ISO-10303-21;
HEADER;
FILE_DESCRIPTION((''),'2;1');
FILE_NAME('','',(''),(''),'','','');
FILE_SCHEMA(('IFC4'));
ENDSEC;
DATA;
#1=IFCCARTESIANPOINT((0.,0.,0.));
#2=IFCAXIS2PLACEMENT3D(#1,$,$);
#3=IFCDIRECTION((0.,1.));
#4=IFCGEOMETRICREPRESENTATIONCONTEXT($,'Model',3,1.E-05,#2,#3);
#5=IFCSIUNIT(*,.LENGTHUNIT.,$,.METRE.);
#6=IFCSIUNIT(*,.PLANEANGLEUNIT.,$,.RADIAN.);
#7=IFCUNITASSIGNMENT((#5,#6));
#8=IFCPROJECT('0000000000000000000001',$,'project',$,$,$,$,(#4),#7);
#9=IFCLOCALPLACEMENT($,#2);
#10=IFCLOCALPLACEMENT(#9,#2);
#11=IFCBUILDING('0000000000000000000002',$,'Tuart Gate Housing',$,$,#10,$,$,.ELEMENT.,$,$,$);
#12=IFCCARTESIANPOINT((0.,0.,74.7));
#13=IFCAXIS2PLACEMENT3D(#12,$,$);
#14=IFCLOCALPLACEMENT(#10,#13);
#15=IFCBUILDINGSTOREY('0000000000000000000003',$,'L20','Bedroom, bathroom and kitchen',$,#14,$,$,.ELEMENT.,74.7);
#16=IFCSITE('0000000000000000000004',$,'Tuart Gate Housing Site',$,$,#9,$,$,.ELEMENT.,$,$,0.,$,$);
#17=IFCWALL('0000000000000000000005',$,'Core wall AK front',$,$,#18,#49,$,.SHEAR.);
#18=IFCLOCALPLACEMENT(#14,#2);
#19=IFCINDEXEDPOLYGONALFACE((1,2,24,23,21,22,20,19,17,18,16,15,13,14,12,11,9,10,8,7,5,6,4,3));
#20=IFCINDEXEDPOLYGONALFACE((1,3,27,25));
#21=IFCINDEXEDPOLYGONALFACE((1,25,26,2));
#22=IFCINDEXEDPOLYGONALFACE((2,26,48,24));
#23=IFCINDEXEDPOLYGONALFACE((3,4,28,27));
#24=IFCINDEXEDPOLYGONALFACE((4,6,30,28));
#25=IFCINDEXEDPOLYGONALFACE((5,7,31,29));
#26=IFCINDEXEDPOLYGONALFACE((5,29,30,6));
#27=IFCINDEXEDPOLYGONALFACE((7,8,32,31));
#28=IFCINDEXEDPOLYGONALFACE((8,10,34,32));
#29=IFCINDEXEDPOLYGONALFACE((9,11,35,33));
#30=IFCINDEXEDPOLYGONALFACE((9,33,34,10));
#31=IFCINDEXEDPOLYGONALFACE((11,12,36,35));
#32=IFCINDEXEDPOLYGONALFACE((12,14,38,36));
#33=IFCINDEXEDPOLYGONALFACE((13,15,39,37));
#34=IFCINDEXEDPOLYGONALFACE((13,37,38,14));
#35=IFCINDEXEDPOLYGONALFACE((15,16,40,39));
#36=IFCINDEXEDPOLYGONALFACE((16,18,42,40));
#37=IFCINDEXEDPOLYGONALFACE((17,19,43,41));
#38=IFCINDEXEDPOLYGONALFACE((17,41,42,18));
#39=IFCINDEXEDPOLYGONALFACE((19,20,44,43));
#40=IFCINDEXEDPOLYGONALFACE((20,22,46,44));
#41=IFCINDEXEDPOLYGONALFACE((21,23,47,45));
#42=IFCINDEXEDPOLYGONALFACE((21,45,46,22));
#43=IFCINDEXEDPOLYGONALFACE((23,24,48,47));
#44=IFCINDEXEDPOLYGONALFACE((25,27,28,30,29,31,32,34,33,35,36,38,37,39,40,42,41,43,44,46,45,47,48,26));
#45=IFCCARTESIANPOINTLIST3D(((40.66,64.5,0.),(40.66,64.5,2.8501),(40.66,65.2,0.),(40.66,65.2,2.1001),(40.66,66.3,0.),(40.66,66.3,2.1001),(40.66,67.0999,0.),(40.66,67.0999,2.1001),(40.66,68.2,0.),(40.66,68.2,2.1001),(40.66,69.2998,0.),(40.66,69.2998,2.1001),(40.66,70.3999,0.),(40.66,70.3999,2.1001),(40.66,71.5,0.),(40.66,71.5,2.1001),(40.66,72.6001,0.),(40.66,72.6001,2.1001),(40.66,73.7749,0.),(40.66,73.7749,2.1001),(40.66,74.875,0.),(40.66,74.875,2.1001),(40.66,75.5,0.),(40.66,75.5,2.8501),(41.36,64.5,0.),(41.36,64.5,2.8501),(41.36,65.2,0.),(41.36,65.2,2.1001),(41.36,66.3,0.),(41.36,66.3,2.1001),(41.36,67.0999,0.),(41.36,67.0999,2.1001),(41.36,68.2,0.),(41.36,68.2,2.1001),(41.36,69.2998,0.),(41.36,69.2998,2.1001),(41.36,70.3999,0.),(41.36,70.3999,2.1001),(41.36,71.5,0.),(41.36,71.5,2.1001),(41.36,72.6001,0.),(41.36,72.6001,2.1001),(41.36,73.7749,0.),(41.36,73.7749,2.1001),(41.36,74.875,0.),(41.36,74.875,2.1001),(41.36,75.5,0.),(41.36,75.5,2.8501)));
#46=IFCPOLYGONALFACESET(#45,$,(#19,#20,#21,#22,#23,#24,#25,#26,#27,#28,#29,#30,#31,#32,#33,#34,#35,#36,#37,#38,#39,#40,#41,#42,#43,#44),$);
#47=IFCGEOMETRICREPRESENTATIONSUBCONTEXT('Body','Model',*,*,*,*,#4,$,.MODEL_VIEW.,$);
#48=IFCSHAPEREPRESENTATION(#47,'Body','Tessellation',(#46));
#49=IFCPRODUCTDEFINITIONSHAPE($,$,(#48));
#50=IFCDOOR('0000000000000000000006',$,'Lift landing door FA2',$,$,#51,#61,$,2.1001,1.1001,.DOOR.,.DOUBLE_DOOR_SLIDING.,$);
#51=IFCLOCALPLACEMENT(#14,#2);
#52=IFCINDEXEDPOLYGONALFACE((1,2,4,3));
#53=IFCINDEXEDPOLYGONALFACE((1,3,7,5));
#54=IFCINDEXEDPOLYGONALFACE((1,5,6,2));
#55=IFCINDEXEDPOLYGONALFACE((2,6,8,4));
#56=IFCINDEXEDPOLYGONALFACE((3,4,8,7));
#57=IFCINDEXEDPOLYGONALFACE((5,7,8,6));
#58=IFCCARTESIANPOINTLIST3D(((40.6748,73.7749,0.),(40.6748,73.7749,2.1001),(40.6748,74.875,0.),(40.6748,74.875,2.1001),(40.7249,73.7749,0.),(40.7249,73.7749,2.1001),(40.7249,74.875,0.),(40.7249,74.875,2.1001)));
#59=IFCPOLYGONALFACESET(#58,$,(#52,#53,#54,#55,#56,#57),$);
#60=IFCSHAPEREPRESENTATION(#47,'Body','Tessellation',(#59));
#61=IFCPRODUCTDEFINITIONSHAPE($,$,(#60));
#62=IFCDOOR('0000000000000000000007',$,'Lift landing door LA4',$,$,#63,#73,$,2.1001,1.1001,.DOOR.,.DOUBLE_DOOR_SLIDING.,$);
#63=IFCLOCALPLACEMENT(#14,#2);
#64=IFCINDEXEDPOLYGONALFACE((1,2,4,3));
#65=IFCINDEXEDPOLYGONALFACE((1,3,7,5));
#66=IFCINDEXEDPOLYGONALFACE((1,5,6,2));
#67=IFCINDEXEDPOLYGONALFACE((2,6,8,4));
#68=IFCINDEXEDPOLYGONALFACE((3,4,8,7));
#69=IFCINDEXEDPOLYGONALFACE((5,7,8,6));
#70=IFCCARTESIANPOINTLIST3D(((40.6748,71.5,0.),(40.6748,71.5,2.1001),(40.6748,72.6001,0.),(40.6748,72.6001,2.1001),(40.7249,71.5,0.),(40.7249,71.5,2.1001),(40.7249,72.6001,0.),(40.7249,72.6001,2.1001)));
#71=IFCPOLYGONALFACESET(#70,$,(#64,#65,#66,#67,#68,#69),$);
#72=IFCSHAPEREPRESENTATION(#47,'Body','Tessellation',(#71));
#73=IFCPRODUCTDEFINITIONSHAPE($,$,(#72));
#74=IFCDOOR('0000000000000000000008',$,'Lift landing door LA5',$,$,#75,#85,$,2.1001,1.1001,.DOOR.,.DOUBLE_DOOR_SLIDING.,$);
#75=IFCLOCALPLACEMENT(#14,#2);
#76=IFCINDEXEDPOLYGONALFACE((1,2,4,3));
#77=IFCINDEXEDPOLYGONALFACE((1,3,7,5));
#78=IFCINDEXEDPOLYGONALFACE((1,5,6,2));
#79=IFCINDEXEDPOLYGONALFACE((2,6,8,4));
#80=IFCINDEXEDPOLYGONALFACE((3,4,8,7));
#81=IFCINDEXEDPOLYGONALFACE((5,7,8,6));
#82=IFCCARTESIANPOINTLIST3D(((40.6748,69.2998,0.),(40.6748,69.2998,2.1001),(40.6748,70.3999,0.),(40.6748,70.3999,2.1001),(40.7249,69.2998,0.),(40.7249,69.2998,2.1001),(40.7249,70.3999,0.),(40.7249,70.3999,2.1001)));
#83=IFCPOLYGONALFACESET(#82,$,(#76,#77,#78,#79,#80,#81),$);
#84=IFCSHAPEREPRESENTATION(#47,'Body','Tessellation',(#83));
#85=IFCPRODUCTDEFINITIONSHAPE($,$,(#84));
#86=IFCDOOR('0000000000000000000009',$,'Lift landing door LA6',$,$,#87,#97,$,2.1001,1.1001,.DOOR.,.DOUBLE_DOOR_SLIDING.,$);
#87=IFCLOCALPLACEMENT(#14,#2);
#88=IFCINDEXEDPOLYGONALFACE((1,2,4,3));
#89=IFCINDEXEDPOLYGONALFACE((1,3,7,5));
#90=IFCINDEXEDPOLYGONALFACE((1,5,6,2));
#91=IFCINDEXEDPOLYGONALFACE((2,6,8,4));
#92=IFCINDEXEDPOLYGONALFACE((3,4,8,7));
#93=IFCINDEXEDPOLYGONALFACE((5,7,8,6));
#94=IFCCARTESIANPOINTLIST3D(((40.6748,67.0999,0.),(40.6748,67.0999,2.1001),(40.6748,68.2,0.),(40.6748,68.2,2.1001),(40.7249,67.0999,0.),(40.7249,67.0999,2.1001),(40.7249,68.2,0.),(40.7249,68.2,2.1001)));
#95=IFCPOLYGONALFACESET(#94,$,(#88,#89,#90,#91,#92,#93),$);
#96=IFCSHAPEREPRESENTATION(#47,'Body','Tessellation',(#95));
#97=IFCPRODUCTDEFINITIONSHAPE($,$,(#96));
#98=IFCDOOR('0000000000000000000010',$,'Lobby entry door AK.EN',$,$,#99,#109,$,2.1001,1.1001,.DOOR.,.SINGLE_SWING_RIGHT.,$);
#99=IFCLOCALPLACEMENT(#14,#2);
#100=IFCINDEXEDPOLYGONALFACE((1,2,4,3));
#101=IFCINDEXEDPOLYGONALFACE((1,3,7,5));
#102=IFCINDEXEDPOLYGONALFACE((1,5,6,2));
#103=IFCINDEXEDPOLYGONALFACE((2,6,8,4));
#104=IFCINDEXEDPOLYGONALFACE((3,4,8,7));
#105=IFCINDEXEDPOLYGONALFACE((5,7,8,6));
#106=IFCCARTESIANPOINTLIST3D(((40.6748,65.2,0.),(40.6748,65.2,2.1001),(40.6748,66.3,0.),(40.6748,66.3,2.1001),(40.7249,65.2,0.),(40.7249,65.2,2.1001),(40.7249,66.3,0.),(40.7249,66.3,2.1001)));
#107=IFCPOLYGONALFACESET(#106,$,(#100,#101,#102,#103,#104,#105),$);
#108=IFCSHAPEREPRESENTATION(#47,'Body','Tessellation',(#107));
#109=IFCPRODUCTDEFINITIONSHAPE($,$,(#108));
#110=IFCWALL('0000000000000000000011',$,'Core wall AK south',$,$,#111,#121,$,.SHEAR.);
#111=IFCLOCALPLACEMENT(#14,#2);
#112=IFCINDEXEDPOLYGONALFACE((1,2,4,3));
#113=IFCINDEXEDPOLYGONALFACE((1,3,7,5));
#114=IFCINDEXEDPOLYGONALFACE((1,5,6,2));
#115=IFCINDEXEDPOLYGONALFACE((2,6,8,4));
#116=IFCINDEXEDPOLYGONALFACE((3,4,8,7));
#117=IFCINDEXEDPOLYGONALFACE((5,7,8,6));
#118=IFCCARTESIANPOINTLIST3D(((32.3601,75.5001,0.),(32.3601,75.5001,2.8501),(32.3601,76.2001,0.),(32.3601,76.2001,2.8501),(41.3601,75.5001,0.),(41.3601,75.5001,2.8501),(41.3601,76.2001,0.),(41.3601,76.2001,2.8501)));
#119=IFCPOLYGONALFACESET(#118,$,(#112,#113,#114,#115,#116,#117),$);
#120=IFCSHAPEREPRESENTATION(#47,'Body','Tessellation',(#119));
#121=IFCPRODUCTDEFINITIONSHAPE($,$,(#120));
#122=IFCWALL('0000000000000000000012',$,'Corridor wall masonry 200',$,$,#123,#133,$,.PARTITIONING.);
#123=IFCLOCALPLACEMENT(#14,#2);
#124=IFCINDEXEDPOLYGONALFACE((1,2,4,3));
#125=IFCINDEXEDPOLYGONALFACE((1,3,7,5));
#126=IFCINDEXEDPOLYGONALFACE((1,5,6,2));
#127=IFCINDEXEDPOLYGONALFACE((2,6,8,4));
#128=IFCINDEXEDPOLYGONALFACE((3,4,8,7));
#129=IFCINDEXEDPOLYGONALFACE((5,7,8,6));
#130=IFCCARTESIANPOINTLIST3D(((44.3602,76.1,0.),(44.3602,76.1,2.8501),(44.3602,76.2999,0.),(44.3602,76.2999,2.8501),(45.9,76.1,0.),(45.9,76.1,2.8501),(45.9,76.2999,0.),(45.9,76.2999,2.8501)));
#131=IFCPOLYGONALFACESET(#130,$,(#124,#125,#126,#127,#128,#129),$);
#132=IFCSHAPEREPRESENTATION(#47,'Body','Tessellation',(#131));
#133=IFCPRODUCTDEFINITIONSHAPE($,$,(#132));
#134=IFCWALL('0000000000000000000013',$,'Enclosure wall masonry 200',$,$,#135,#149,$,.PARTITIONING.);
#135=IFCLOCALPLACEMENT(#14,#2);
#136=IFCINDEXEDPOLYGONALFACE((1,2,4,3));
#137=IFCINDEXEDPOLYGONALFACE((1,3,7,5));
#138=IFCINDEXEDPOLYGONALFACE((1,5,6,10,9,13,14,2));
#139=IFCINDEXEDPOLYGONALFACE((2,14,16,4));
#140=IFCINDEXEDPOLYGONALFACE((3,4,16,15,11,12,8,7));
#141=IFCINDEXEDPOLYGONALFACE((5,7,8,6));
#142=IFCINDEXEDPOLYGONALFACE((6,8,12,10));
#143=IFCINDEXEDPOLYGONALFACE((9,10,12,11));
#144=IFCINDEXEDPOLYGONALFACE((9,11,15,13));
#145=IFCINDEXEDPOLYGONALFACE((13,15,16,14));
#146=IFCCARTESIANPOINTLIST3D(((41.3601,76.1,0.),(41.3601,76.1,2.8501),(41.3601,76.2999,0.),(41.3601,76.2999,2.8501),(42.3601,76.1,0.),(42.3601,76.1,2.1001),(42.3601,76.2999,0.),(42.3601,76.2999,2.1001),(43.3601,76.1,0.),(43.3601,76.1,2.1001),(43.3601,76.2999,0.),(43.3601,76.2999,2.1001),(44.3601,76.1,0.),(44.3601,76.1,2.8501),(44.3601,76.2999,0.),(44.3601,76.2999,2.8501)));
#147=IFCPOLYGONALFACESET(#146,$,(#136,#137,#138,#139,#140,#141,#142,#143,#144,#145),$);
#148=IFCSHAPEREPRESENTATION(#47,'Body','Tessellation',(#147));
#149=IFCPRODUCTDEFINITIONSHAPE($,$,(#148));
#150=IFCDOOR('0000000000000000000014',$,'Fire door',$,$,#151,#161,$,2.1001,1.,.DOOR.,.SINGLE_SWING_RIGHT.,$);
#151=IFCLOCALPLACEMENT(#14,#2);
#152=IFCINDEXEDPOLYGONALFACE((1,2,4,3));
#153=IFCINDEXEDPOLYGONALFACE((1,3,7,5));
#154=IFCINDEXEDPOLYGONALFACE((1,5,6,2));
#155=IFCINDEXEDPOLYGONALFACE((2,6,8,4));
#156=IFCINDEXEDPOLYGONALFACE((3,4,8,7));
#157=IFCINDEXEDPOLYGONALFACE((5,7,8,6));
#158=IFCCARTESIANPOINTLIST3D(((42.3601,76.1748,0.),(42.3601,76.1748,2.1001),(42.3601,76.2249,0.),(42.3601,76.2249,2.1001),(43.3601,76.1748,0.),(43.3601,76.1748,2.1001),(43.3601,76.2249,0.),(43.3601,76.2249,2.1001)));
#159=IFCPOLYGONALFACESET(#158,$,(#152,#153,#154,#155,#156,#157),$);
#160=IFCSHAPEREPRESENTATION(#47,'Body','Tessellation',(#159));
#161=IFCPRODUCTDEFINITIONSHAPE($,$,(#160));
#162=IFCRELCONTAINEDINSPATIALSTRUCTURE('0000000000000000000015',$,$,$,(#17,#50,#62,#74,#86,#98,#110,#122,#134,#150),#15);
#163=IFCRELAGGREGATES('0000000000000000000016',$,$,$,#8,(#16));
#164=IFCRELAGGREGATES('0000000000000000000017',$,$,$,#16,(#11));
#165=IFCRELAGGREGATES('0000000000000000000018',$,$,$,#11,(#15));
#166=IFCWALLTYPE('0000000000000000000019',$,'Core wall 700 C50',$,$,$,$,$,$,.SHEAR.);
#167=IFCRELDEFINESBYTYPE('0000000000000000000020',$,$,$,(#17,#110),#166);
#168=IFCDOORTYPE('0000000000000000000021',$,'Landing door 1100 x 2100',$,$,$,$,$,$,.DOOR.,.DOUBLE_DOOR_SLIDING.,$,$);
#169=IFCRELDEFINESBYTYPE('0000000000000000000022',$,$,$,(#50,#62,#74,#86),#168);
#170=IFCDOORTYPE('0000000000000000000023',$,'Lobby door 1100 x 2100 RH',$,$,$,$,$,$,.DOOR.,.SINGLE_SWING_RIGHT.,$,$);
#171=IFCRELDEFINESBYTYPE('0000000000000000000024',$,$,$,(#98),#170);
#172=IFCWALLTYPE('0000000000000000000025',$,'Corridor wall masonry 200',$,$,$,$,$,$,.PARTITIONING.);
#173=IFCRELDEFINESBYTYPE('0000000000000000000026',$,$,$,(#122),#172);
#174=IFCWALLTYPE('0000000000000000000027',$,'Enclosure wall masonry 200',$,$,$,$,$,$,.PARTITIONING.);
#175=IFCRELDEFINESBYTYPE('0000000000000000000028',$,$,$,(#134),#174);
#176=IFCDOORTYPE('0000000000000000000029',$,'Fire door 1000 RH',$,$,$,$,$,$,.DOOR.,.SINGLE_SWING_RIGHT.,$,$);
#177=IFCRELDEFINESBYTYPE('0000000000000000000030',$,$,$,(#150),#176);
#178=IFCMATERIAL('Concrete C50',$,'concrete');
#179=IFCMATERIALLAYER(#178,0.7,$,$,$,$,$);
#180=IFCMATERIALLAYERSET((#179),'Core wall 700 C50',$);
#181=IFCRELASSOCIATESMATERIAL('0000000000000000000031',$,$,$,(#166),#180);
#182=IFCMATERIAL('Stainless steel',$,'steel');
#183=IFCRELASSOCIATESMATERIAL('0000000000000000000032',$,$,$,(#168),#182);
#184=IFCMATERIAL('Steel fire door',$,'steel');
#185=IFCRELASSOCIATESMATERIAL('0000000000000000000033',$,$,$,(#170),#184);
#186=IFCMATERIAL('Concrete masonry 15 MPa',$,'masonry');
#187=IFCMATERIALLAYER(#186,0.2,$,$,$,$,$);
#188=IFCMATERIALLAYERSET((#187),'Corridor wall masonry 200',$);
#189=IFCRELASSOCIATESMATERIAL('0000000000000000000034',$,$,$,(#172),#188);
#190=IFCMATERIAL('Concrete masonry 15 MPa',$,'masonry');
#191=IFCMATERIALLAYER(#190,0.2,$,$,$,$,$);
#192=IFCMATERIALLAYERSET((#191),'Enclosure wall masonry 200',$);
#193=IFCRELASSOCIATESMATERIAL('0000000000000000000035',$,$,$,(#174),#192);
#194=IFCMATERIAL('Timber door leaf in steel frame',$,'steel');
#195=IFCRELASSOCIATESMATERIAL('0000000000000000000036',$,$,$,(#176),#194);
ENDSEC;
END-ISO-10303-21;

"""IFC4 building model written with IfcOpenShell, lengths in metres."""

from ifc_helpers import new_model, si_unit, direction, frame, frame_2d, origin, place, context, subcontext, project, spatial, rectangle, extrude, material, layer, layer_set, type_object, element, fill, save


model = new_model("IFC4")

# Units and contexts
model_context = context("Model", 3, precision=1e-05, world=origin(), true_north=direction((0.0, 1.0)))
body_context = subcontext(model_context, "Body", "Model", "MODEL_VIEW")
ifc_project = project(units=[si_unit("LENGTHUNIT", "METRE"), si_unit("PLANEANGLEUNIT", "RADIAN")], contexts=[model_context])

# Site, building, storey
site_placement = place(None, origin())
site = spatial("IfcSite", under=ifc_project, at=site_placement, Name="Tuart Gate Housing Site", CompositionType="ELEMENT", RefElevation=0.0)
building_placement = place(site_placement, origin())
building = spatial("IfcBuilding", under=site, at=building_placement, Name="Tuart Gate Housing", CompositionType="ELEMENT")
storey_placement = place(building_placement, frame((0.0, 0.0, 74.7)))
storey = spatial("IfcBuildingStorey", under=building, at=storey_placement, Name="L20", Description="Bedroom, bathroom and kitchen", CompositionType="ELEMENT", Elevation=74.7)

# Wall, openings, doors
ifc_material_1 = material(Name="Concrete C50", Category="concrete")
ifc_layer_1 = layer(ifc_material_1, 0.7)
ifc_layer_set_1 = layer_set([ifc_layer_1], Name="Core wall 700 C50")
wall_type_1 = type_object("IfcWallType", Name="Core wall 700 C50", PredefinedType="SHEAR", material=ifc_layer_set_1)
wall_1_placement = place(storey_placement, frame((41.01, 75.5, 0.0), z_axis=(0.0, 0.0, 1.0), x_axis=(0.0, -1.0, 0.0)))
wall_1 = element("IfcWall", 1, at=wall_1_placement, inside=storey, type_object=wall_type_1, Name="Core wall AK front", PredefinedType="SHEAR", context=body_context, shape_type="SweptSolid", body=[
    extrude(rectangle(XDim=11.0, YDim=0.7, at=frame_2d((5.5, 0.0))), origin(), (0.0, 0.0, 1.0), 2.8501),
])
opening_1_placement = place(wall_1_placement, frame((0.625, 0.0, 0.0)))
opening_1 = element("IfcOpeningElement", 2, at=opening_1_placement, cuts=wall_1, PredefinedType="OPENING", context=body_context, shape_type="SweptSolid", body=[
    extrude(rectangle(XDim=1.1001, YDim=2.1001, at=frame_2d((0.55, 1.05))), frame((0.0, 0.3599, 0.0), z_axis=(0.0, -1.0, 0.0), x_axis=(1.0, 0.0, 0.0)), (0.0, 0.0, 1.0), 0.72),
])
opening_2_placement = place(wall_1_placement, frame((2.8999, 0.0, 0.0)))
opening_2 = element("IfcOpeningElement", 3, at=opening_2_placement, cuts=wall_1, PredefinedType="OPENING", context=body_context, shape_type="SweptSolid", body=[
    extrude(rectangle(XDim=1.1001, YDim=2.1001, at=frame_2d((0.55, 1.05))), frame((0.0, 0.3599, 0.0), z_axis=(0.0, -1.0, 0.0), x_axis=(1.0, 0.0, 0.0)), (0.0, 0.0, 1.0), 0.72),
])
opening_3_placement = place(wall_1_placement, frame((5.1001, 0.0, 0.0)))
opening_3 = element("IfcOpeningElement", 4, at=opening_3_placement, cuts=wall_1, PredefinedType="OPENING", context=body_context, shape_type="SweptSolid", body=[
    extrude(rectangle(XDim=1.1001, YDim=2.1001, at=frame_2d((0.55, 1.05))), frame((0.0, 0.3599, 0.0), z_axis=(0.0, -1.0, 0.0), x_axis=(1.0, 0.0, 0.0)), (0.0, 0.0, 1.0), 0.72),
])
opening_4_placement = place(wall_1_placement, frame((7.3, 0.0, 0.0)))
opening_4 = element("IfcOpeningElement", 5, at=opening_4_placement, cuts=wall_1, PredefinedType="OPENING", context=body_context, shape_type="SweptSolid", body=[
    extrude(rectangle(XDim=1.1001, YDim=2.1001, at=frame_2d((0.55, 1.05))), frame((0.0, 0.3599, 0.0), z_axis=(0.0, -1.0, 0.0), x_axis=(1.0, 0.0, 0.0)), (0.0, 0.0, 1.0), 0.72),
])
opening_5_placement = place(wall_1_placement, frame((9.2, 0.0, 0.0)))
opening_5 = element("IfcOpeningElement", 6, at=opening_5_placement, cuts=wall_1, PredefinedType="OPENING", context=body_context, shape_type="SweptSolid", body=[
    extrude(rectangle(XDim=1.1001, YDim=2.1001, at=frame_2d((0.55, 1.05))), frame((0.0, 0.3599, 0.0), z_axis=(0.0, -1.0, 0.0), x_axis=(1.0, 0.0, 0.0)), (0.0, 0.0, 1.0), 0.72),
])
ifc_material_2 = material(Name="Stainless steel", Category="steel")
door_type_1 = type_object("IfcDoorType", Name="Landing door 1100 x 2100", OperationType="DOUBLE_DOOR_SLIDING", PredefinedType="DOOR", material=ifc_material_2)
door_1_placement = place(opening_1_placement, origin())
door_1 = element("IfcDoor", 7, at=door_1_placement, inside=storey, type_object=door_type_1, Name="Lift landing door FA2", OperationType="DOUBLE_DOOR_SLIDING", OverallHeight=2.1001, OverallWidth=1.1001, PredefinedType="DOOR", context=body_context, shape_type="SweptSolid", body=[
    extrude(rectangle(XDim=1.1001, YDim=2.1001, at=frame_2d((0.55, 1.05))), frame((0.0, -0.2852, 0.0), z_axis=(0.0, -1.0, 0.0), x_axis=(1.0, 0.0, 0.0)), (0.0, 0.0, 1.0), 0.05),
])
fill(opening_1, door_1)
door_2_placement = place(opening_2_placement, origin())
door_2 = element("IfcDoor", 8, at=door_2_placement, inside=storey, type_object=door_type_1, Name="Lift landing door LA4", OperationType="DOUBLE_DOOR_SLIDING", OverallHeight=2.1001, OverallWidth=1.1001, PredefinedType="DOOR", context=body_context, shape_type="SweptSolid", body=[
    extrude(rectangle(XDim=1.1001, YDim=2.1001, at=frame_2d((0.55, 1.05))), frame((0.0, -0.2852, 0.0), z_axis=(0.0, -1.0, 0.0), x_axis=(1.0, 0.0, 0.0)), (0.0, 0.0, 1.0), 0.05),
])
fill(opening_2, door_2)
door_3_placement = place(opening_3_placement, origin())
door_3 = element("IfcDoor", 9, at=door_3_placement, inside=storey, type_object=door_type_1, Name="Lift landing door LA5", OperationType="DOUBLE_DOOR_SLIDING", OverallHeight=2.1001, OverallWidth=1.1001, PredefinedType="DOOR", context=body_context, shape_type="SweptSolid", body=[
    extrude(rectangle(XDim=1.1001, YDim=2.1001, at=frame_2d((0.55, 1.05))), frame((0.0, -0.2852, 0.0), z_axis=(0.0, -1.0, 0.0), x_axis=(1.0, 0.0, 0.0)), (0.0, 0.0, 1.0), 0.05),
])
fill(opening_3, door_3)
door_4_placement = place(opening_4_placement, origin())
door_4 = element("IfcDoor", 10, at=door_4_placement, inside=storey, type_object=door_type_1, Name="Lift landing door LA6", OperationType="DOUBLE_DOOR_SLIDING", OverallHeight=2.1001, OverallWidth=1.1001, PredefinedType="DOOR", context=body_context, shape_type="SweptSolid", body=[
    extrude(rectangle(XDim=1.1001, YDim=2.1001, at=frame_2d((0.55, 1.05))), frame((0.0, -0.2852, 0.0), z_axis=(0.0, -1.0, 0.0), x_axis=(1.0, 0.0, 0.0)), (0.0, 0.0, 1.0), 0.05),
])
fill(opening_4, door_4)
ifc_material_3 = material(Name="Steel fire door", Category="steel")
door_type_2 = type_object("IfcDoorType", Name="Lobby door 1100 x 2100 RH", OperationType="SINGLE_SWING_RIGHT", PredefinedType="DOOR", material=ifc_material_3)
door_5_placement = place(opening_5_placement, frame((1.1001, 0.0, 0.0), z_axis=(0.0, 0.0, 1.0), x_axis=(-1.0, 0.0, 0.0)))
door_5 = element("IfcDoor", 11, at=door_5_placement, inside=storey, type_object=door_type_2, Name="Lobby entry door AK.EN", OperationType="SINGLE_SWING_RIGHT", OverallHeight=2.1001, OverallWidth=1.1001, PredefinedType="DOOR", context=body_context, shape_type="SweptSolid", body=[
    extrude(rectangle(XDim=1.1001, YDim=2.1001, at=frame_2d((0.55, 1.05))), frame((0.0, 0.3352, 0.0), z_axis=(0.0, -1.0, 0.0), x_axis=(1.0, 0.0, 0.0)), (0.0, 0.0, 1.0), 0.05),
])
fill(opening_5, door_5)

# Walls
wall_2_placement = place(storey_placement, frame((41.3601, 75.8501, 0.0), z_axis=(0.0, 0.0, 1.0), x_axis=(-1.0, 0.0, 0.0)))
element("IfcWall", 12, at=wall_2_placement, inside=storey, type_object=wall_type_1, Name="Core wall AK south", PredefinedType="SHEAR", context=body_context, shape_type="SweptSolid", body=[
    extrude(rectangle(XDim=9.0, YDim=0.7, at=frame_2d((4.5, 0.0))), origin(), (0.0, 0.0, 1.0), 2.8501),
])
ifc_material_4 = material(Name="Concrete masonry 15 MPa", Category="masonry")
ifc_layer_2 = layer(ifc_material_4, 0.2)
ifc_layer_set_2 = layer_set([ifc_layer_2], Name="Corridor wall masonry 200")
wall_type_2 = type_object("IfcWallType", Name="Corridor wall masonry 200", PredefinedType="PARTITIONING", material=ifc_layer_set_2)
wall_3_placement = place(storey_placement, frame((44.3601, 76.2, 0.0), z_axis=(0.0, 0.0, 1.0), x_axis=(1.0, 0.0, 0.0)))
element("IfcWall", 13, at=wall_3_placement, inside=storey, type_object=wall_type_2, Name="Corridor wall masonry 200", PredefinedType="PARTITIONING", context=body_context, shape_type="SweptSolid", body=[
    extrude(rectangle(XDim=1.5398, YDim=0.2, at=frame_2d((0.77, 0.0))), origin(), (0.0, 0.0, 1.0), 2.8501),
])

# Wall, opening, door
ifc_material_5 = material(Name="Concrete masonry 15 MPa", Category="masonry")
ifc_layer_3 = layer(ifc_material_5, 0.2)
ifc_layer_set_3 = layer_set([ifc_layer_3], Name="Enclosure wall masonry 200")
wall_type_3 = type_object("IfcWallType", Name="Enclosure wall masonry 200", PredefinedType="PARTITIONING", material=ifc_layer_set_3)
wall_4_placement = place(storey_placement, frame((41.3601, 76.2, 0.0), z_axis=(0.0, 0.0, 1.0), x_axis=(1.0, 0.0, 0.0)))
wall_4 = element("IfcWall", 14, at=wall_4_placement, inside=storey, type_object=wall_type_3, Name="Enclosure wall masonry 200", PredefinedType="PARTITIONING", context=body_context, shape_type="SweptSolid", body=[
    extrude(rectangle(XDim=3.0, YDim=0.2, at=frame_2d((1.5, 0.0))), origin(), (0.0, 0.0, 1.0), 2.8501),
])
opening_6_placement = place(wall_4_placement, frame((1.0, 0.0, 0.0)))
opening_6 = element("IfcOpeningElement", 15, at=opening_6_placement, cuts=wall_4, PredefinedType="OPENING", context=body_context, shape_type="SweptSolid", body=[
    extrude(rectangle(XDim=1.0, YDim=2.1001, at=frame_2d((0.5, 1.05))), frame((0.0, 0.1099, 0.0), z_axis=(0.0, -1.0, 0.0), x_axis=(1.0, 0.0, 0.0)), (0.0, 0.0, 1.0), 0.22),
])
ifc_material_6 = material(Name="Timber door leaf in steel frame", Category="steel")
door_type_3 = type_object("IfcDoorType", Name="Fire door 1000 RH", OperationType="SINGLE_SWING_RIGHT", PredefinedType="DOOR", material=ifc_material_6)
door_6_placement = place(opening_6_placement, origin())
door_6 = element("IfcDoor", 16, at=door_6_placement, inside=storey, type_object=door_type_3, Name="Fire door", OperationType="SINGLE_SWING_RIGHT", OverallHeight=2.1001, OverallWidth=1.0, PredefinedType="DOOR", context=body_context, shape_type="SweptSolid", body=[
    extrude(rectangle(XDim=1.0, YDim=2.1001, at=frame_2d((0.5, 1.05))), frame((0.0, 0.0249, 0.0), z_axis=(0.0, -1.0, 0.0), x_axis=(1.0, 0.0, 0.0)), (0.0, 0.0, 1.0), 0.05),
])
fill(opening_6, door_6)

save(model, "model.ifc")
